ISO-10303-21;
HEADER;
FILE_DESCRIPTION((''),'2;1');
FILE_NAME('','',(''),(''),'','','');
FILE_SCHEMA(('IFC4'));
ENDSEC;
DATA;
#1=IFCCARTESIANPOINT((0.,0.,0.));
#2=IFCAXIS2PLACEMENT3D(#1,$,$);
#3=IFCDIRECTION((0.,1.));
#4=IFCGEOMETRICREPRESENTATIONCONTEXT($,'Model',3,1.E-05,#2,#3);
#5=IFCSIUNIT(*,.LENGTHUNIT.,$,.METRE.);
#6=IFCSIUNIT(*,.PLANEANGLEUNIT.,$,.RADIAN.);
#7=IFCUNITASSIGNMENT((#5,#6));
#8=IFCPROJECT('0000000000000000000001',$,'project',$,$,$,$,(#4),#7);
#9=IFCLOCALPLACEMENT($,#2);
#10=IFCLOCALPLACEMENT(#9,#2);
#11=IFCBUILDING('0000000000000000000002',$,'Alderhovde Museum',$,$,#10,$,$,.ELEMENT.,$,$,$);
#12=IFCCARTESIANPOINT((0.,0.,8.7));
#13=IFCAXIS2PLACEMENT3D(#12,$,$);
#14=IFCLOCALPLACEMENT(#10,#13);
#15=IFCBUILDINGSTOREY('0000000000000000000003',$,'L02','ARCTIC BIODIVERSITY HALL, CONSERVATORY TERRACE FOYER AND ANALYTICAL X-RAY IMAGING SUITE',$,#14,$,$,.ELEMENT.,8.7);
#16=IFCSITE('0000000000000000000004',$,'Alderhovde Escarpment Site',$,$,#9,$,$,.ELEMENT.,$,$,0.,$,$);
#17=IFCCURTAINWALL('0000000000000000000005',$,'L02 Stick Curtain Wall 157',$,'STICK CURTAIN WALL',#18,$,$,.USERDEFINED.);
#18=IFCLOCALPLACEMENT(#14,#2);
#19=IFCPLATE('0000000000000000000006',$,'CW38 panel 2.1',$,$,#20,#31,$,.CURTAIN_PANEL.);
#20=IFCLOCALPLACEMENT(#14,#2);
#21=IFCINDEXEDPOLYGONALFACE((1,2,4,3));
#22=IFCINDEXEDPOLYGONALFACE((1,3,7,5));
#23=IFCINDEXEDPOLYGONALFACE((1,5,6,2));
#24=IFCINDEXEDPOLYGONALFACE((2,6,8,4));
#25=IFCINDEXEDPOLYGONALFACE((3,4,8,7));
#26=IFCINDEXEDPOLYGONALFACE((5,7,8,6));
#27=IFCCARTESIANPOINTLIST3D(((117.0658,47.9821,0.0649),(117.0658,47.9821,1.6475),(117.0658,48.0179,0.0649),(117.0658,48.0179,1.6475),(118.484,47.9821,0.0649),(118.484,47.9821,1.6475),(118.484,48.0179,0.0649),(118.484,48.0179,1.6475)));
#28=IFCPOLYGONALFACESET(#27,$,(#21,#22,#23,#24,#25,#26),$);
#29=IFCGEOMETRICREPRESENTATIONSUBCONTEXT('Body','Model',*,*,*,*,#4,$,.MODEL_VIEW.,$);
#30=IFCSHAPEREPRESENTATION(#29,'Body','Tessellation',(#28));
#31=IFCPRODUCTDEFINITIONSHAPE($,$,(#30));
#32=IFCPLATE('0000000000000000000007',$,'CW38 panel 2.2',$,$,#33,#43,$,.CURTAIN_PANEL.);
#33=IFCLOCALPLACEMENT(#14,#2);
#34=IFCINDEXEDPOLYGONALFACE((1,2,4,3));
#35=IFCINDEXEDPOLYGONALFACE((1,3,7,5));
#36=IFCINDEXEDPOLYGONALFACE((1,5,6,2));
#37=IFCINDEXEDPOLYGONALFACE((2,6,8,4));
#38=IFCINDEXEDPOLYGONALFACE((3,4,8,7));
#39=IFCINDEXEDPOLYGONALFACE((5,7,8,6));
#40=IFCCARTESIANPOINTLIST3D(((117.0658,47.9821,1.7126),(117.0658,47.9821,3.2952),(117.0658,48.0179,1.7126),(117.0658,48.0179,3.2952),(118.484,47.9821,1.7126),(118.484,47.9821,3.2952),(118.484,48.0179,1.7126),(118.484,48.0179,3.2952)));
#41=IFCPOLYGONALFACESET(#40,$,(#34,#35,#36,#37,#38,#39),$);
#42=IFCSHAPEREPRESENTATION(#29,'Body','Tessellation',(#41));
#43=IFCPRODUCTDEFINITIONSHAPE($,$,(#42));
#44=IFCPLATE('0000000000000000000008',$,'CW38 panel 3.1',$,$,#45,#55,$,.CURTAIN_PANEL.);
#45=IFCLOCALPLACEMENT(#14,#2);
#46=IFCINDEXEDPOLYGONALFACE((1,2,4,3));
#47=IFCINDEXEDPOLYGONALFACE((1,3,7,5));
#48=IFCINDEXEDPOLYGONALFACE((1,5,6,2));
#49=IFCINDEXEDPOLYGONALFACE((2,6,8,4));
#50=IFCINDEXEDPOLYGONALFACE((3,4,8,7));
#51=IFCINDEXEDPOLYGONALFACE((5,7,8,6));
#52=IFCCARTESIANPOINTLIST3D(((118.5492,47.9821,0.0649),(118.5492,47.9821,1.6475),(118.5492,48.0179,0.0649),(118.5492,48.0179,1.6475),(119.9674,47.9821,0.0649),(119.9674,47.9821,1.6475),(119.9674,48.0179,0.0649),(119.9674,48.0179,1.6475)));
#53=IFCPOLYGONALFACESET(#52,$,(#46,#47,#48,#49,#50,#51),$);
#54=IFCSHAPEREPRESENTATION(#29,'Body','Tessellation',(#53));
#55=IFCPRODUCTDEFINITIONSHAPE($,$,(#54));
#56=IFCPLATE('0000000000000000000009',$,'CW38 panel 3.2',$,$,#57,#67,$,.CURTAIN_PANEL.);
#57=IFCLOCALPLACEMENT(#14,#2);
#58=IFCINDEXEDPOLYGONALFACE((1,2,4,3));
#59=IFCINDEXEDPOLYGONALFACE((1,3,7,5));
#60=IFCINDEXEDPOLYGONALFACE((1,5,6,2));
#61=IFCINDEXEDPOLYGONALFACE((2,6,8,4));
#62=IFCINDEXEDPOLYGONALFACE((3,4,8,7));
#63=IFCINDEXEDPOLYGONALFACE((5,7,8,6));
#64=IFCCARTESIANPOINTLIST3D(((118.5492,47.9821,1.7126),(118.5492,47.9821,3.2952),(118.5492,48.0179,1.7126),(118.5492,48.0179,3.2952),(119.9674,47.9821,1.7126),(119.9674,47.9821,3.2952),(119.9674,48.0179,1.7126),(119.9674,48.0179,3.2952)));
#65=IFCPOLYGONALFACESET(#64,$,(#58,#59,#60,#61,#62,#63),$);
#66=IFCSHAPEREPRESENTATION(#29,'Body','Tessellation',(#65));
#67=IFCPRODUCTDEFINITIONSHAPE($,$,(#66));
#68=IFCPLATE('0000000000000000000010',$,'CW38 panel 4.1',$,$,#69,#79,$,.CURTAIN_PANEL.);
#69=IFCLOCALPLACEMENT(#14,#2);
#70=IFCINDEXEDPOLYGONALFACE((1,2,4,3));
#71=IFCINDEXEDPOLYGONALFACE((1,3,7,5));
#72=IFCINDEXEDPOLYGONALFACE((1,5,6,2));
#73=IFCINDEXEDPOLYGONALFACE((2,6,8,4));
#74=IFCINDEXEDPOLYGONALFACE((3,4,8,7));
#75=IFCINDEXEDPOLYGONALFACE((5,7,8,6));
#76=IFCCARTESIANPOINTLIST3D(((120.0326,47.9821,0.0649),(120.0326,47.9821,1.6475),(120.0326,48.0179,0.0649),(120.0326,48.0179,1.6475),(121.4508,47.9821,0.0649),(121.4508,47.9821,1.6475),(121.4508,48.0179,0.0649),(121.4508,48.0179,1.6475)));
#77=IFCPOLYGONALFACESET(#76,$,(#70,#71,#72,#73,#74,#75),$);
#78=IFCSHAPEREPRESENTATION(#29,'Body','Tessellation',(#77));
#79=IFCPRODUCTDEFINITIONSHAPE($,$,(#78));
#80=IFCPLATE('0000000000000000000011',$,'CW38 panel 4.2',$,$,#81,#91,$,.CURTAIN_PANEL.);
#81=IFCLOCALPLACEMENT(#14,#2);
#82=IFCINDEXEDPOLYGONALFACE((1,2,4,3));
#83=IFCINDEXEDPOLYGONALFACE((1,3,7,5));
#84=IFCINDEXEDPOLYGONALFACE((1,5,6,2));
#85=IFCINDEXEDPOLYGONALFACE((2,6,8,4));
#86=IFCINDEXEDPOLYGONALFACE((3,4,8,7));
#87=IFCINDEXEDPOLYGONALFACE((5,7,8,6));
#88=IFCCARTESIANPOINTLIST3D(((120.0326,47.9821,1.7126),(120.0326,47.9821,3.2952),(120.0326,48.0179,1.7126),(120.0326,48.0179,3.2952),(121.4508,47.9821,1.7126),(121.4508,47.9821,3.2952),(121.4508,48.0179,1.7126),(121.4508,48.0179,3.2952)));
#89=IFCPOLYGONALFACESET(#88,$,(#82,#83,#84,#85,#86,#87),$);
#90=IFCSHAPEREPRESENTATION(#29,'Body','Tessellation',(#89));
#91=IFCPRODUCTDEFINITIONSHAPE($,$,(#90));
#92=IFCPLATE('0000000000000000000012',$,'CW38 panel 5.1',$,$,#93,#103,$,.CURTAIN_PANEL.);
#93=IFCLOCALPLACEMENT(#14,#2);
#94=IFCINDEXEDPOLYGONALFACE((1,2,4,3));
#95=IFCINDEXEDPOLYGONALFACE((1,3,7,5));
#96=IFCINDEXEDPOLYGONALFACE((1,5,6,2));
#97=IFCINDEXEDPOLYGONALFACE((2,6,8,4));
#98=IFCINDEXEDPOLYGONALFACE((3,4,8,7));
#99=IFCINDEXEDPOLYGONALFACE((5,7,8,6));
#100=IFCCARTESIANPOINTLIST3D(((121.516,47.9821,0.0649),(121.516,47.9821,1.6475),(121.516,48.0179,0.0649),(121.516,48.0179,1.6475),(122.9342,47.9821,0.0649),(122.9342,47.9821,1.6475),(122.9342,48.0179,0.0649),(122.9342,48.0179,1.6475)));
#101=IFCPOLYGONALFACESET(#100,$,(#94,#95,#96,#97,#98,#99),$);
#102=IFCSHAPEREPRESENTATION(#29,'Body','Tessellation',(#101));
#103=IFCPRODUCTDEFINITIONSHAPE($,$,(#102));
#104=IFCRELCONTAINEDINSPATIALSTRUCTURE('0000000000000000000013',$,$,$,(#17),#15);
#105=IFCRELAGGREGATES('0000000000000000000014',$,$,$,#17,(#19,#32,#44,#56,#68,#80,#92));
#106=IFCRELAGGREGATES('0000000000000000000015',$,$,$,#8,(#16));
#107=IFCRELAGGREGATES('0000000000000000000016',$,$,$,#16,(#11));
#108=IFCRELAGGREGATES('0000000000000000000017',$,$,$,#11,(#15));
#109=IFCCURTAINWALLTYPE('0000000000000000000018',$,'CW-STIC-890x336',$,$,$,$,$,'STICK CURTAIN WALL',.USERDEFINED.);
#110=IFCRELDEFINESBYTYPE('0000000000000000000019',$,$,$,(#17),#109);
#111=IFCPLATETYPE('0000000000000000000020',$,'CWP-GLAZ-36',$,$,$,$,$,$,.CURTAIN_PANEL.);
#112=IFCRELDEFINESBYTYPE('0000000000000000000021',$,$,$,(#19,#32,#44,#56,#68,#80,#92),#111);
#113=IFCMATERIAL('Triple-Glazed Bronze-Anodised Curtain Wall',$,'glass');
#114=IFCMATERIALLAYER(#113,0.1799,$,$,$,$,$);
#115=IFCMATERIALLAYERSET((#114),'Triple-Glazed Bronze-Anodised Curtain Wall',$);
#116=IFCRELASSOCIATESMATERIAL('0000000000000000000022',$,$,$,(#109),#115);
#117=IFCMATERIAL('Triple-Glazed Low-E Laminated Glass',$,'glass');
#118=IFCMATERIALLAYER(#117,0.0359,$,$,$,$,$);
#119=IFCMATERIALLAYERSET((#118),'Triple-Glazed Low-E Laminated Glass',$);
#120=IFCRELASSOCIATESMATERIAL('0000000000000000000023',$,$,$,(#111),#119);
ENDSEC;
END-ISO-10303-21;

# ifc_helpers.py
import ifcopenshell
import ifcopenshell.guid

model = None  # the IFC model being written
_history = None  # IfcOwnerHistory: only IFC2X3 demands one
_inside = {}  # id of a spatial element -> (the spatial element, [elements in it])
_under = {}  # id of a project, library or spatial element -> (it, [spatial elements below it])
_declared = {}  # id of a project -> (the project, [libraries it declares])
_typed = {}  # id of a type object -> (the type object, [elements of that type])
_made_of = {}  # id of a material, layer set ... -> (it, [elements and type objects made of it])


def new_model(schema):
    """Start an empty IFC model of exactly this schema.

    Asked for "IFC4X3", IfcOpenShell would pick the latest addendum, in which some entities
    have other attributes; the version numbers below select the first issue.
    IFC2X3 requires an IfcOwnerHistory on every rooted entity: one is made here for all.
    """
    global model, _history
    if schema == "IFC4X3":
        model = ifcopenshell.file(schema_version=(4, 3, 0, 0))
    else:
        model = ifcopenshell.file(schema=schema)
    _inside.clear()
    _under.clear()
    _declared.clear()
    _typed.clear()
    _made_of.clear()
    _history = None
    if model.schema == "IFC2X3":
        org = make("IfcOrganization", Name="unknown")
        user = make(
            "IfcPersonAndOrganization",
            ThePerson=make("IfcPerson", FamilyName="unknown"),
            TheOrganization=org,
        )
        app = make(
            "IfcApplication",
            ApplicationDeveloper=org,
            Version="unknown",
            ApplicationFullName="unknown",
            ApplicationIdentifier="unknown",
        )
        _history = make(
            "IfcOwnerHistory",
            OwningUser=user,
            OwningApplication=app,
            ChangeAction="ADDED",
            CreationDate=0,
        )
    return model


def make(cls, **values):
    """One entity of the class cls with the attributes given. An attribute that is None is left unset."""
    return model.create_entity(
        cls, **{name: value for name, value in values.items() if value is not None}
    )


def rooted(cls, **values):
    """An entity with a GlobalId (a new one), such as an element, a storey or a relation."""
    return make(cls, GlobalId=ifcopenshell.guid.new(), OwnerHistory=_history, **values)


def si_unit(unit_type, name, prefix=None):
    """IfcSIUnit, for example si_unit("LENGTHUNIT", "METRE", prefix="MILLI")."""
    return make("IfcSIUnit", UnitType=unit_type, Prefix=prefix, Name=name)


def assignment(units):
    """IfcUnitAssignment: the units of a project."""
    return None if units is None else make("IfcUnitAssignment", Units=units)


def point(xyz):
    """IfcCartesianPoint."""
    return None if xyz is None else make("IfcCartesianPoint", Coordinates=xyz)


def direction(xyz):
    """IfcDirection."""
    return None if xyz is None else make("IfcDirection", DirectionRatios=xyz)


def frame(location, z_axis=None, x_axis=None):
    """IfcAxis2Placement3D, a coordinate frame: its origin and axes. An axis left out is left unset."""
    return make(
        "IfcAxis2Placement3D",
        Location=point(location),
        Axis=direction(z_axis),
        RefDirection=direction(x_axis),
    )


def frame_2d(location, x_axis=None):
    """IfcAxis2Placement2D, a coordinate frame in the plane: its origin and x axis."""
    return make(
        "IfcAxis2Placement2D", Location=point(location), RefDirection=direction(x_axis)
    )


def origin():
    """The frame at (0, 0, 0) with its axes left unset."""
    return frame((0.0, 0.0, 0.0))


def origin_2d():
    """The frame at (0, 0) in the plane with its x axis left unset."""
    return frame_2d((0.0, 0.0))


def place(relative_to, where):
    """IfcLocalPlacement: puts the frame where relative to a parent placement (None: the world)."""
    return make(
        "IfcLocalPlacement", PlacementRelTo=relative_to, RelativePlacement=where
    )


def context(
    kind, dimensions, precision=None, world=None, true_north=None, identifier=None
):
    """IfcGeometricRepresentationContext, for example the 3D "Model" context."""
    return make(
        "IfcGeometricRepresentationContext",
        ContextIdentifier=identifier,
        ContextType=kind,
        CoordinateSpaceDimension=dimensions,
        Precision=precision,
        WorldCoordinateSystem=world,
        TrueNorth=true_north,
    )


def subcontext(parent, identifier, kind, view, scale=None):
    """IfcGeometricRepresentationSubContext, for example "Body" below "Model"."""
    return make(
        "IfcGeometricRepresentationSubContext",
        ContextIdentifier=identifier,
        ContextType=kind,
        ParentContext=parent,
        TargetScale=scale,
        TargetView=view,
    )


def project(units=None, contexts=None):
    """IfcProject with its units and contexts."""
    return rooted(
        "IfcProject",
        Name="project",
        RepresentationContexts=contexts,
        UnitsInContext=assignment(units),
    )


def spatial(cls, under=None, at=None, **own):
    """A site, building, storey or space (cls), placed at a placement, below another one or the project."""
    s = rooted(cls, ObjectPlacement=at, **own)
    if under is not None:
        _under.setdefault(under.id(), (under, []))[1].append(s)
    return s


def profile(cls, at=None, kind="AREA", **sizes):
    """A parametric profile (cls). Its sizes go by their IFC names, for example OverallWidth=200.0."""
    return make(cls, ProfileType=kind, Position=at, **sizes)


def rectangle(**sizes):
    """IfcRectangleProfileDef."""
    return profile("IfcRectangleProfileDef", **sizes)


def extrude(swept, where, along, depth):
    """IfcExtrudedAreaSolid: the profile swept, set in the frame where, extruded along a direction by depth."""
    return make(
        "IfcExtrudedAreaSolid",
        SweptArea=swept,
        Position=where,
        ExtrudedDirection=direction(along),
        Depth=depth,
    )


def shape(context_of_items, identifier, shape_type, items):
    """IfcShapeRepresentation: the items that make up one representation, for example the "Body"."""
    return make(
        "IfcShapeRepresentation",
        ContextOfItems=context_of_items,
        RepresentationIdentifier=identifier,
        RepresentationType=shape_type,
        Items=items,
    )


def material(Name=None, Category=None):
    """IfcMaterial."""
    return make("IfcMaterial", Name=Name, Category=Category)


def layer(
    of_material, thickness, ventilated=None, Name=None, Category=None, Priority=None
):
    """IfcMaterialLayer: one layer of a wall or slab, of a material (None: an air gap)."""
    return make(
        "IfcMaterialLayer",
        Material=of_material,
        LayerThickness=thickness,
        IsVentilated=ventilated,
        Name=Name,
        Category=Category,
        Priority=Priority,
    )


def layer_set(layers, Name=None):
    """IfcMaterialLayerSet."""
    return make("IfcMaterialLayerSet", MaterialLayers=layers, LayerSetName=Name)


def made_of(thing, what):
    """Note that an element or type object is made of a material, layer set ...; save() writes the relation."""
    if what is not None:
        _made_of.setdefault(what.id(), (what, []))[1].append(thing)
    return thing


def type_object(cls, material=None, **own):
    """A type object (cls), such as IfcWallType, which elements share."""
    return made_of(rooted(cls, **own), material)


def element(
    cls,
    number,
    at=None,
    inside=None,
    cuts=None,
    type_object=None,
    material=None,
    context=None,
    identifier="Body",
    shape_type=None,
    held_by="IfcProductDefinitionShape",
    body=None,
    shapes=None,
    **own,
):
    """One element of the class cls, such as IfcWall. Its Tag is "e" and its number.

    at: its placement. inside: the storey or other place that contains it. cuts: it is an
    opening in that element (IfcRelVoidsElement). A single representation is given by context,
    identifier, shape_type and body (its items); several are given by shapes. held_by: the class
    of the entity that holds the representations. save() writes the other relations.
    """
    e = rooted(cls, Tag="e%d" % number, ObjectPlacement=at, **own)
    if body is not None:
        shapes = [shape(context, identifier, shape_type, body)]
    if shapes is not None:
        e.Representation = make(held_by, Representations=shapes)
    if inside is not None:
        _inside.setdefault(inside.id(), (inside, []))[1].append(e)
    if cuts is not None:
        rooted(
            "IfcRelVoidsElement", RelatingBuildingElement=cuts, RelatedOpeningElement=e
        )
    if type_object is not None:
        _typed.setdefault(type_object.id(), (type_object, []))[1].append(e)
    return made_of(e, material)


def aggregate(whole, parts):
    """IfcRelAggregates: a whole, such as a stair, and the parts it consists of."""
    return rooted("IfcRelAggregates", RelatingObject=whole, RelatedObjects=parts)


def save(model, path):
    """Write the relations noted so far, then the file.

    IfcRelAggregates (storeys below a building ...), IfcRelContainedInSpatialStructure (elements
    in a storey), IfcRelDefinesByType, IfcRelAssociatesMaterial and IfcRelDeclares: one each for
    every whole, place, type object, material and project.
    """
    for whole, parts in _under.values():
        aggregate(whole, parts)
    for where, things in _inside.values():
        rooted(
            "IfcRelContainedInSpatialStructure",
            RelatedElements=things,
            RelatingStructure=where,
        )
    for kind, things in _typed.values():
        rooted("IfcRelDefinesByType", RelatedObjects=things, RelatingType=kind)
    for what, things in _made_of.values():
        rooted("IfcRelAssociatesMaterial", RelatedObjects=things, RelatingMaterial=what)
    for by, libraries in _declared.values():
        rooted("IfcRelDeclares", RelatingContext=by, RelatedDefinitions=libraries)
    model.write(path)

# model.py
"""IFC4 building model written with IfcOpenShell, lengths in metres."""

from ifc_helpers import new_model, si_unit, direction, frame, origin, origin_2d, place, context, subcontext, project, spatial, rectangle, extrude, material, layer, layer_set, type_object, element, aggregate, save


model = new_model("IFC4")

# Units and contexts
model_context = context("Model", 3, precision=1e-05, world=origin(), true_north=direction((0.0, 1.0)))
body_context = subcontext(model_context, "Body", "Model", "MODEL_VIEW")
ifc_project = project(units=[si_unit("LENGTHUNIT", "METRE"), si_unit("PLANEANGLEUNIT", "RADIAN")], contexts=[model_context])

# Site, building, storey
site_placement = place(None, origin())
site = spatial("IfcSite", under=ifc_project, at=site_placement, Name="Alderhovde Escarpment Site", CompositionType="ELEMENT", RefElevation=0.0)
building_placement = place(site_placement, origin())
building = spatial("IfcBuilding", under=site, at=building_placement, Name="Alderhovde Museum", CompositionType="ELEMENT")
storey_placement = place(building_placement, frame((0.0, 0.0, 8.7)))
storey = spatial("IfcBuildingStorey", under=building, at=storey_placement, Name="L02", Description="ARCTIC BIODIVERSITY HALL, CONSERVATORY TERRACE FOYER AND ANALYTICAL X-RAY IMAGING SUITE", CompositionType="ELEMENT", Elevation=8.7)

# Curtain wall
ifc_material_1 = material(Name="Triple-Glazed Bronze-Anodised Curtain Wall", Category="glass")
ifc_layer_1 = layer(ifc_material_1, 0.1799)
ifc_layer_set_1 = layer_set([ifc_layer_1], Name="Triple-Glazed Bronze-Anodised Curtain Wall")
curtain_wall_type = type_object("IfcCurtainWallType", Name="CW-STIC-890x336", ElementType="STICK CURTAIN WALL", PredefinedType="USERDEFINED", material=ifc_layer_set_1)
curtain_wall_placement = place(storey_placement, origin())
curtain_wall = element("IfcCurtainWall", 1, at=curtain_wall_placement, inside=storey, type_object=curtain_wall_type, Name="L02 Stick Curtain Wall 157", ObjectType="STICK CURTAIN WALL", PredefinedType="USERDEFINED")

# Plates
ifc_material_2 = material(Name="Triple-Glazed Low-E Laminated Glass", Category="glass")
ifc_layer_2 = layer(ifc_material_2, 0.0359)
ifc_layer_set_2 = layer_set([ifc_layer_2], Name="Triple-Glazed Low-E Laminated Glass")
plate_type = type_object("IfcPlateType", Name="CWP-GLAZ-36", PredefinedType="CURTAIN_PANEL", material=ifc_layer_set_2)
plate_1_placement = place(storey_placement, frame((117.7749, 48.0, 0.0649), z_axis=(0.0, 0.0, 1.0), x_axis=(1.0, 0.0, 0.0)))
plate_1 = element("IfcPlate", 2, at=plate_1_placement, type_object=plate_type, Name="CW38 panel 2.1", PredefinedType="CURTAIN_PANEL", context=body_context, shape_type="SweptSolid", body=[
    extrude(rectangle(XDim=1.4182, YDim=0.0359, at=origin_2d()), origin(), (0.0, 0.0, 1.0), 1.5825),
])
plate_2_placement = place(storey_placement, frame((117.7749, 48.0, 1.7126), z_axis=(0.0, 0.0, 1.0), x_axis=(1.0, 0.0, 0.0)))
plate_2 = element("IfcPlate", 3, at=plate_2_placement, type_object=plate_type, Name="CW38 panel 2.2", PredefinedType="CURTAIN_PANEL", context=body_context, shape_type="SweptSolid", body=[
    extrude(rectangle(XDim=1.4182, YDim=0.0359, at=origin_2d()), origin(), (0.0, 0.0, 1.0), 1.5825),
])
plate_3_placement = place(storey_placement, frame((119.2583, 48.0, 0.0649), z_axis=(0.0, 0.0, 1.0), x_axis=(1.0, 0.0, 0.0)))
plate_3 = element("IfcPlate", 4, at=plate_3_placement, type_object=plate_type, Name="CW38 panel 3.1", PredefinedType="CURTAIN_PANEL", context=body_context, shape_type="SweptSolid", body=[
    extrude(rectangle(XDim=1.4182, YDim=0.0359, at=origin_2d()), origin(), (0.0, 0.0, 1.0), 1.5825),
])
plate_4_placement = place(storey_placement, frame((119.2583, 48.0, 1.7126), z_axis=(0.0, 0.0, 1.0), x_axis=(1.0, 0.0, 0.0)))
plate_4 = element("IfcPlate", 5, at=plate_4_placement, type_object=plate_type, Name="CW38 panel 3.2", PredefinedType="CURTAIN_PANEL", context=body_context, shape_type="SweptSolid", body=[
    extrude(rectangle(XDim=1.4182, YDim=0.0359, at=origin_2d()), origin(), (0.0, 0.0, 1.0), 1.5825),
])
plate_5_placement = place(storey_placement, frame((120.7417, 48.0, 0.0649), z_axis=(0.0, 0.0, 1.0), x_axis=(1.0, 0.0, 0.0)))
plate_5 = element("IfcPlate", 6, at=plate_5_placement, type_object=plate_type, Name="CW38 panel 4.1", PredefinedType="CURTAIN_PANEL", context=body_context, shape_type="SweptSolid", body=[
    extrude(rectangle(XDim=1.4182, YDim=0.0359, at=origin_2d()), origin(), (0.0, 0.0, 1.0), 1.5825),
])
plate_6_placement = place(storey_placement, frame((120.7417, 48.0, 1.7126), z_axis=(0.0, 0.0, 1.0), x_axis=(1.0, 0.0, 0.0)))
plate_6 = element("IfcPlate", 7, at=plate_6_placement, type_object=plate_type, Name="CW38 panel 4.2", PredefinedType="CURTAIN_PANEL", context=body_context, shape_type="SweptSolid", body=[
    extrude(rectangle(XDim=1.4182, YDim=0.0359, at=origin_2d()), origin(), (0.0, 0.0, 1.0), 1.5825),
])
plate_7_placement = place(storey_placement, frame((122.2251, 48.0, 0.0649), z_axis=(0.0, 0.0, 1.0), x_axis=(1.0, 0.0, 0.0)))
plate_7 = element("IfcPlate", 8, at=plate_7_placement, type_object=plate_type, Name="CW38 panel 5.1", PredefinedType="CURTAIN_PANEL", context=body_context, shape_type="SweptSolid", body=[
    extrude(rectangle(XDim=1.4182, YDim=0.0359, at=origin_2d()), origin(), (0.0, 0.0, 1.0), 1.5825),
])
aggregate(curtain_wall, [plate_1, plate_2, plate_3, plate_4, plate_5, plate_6, plate_7])

save(model, "model.ifc")
